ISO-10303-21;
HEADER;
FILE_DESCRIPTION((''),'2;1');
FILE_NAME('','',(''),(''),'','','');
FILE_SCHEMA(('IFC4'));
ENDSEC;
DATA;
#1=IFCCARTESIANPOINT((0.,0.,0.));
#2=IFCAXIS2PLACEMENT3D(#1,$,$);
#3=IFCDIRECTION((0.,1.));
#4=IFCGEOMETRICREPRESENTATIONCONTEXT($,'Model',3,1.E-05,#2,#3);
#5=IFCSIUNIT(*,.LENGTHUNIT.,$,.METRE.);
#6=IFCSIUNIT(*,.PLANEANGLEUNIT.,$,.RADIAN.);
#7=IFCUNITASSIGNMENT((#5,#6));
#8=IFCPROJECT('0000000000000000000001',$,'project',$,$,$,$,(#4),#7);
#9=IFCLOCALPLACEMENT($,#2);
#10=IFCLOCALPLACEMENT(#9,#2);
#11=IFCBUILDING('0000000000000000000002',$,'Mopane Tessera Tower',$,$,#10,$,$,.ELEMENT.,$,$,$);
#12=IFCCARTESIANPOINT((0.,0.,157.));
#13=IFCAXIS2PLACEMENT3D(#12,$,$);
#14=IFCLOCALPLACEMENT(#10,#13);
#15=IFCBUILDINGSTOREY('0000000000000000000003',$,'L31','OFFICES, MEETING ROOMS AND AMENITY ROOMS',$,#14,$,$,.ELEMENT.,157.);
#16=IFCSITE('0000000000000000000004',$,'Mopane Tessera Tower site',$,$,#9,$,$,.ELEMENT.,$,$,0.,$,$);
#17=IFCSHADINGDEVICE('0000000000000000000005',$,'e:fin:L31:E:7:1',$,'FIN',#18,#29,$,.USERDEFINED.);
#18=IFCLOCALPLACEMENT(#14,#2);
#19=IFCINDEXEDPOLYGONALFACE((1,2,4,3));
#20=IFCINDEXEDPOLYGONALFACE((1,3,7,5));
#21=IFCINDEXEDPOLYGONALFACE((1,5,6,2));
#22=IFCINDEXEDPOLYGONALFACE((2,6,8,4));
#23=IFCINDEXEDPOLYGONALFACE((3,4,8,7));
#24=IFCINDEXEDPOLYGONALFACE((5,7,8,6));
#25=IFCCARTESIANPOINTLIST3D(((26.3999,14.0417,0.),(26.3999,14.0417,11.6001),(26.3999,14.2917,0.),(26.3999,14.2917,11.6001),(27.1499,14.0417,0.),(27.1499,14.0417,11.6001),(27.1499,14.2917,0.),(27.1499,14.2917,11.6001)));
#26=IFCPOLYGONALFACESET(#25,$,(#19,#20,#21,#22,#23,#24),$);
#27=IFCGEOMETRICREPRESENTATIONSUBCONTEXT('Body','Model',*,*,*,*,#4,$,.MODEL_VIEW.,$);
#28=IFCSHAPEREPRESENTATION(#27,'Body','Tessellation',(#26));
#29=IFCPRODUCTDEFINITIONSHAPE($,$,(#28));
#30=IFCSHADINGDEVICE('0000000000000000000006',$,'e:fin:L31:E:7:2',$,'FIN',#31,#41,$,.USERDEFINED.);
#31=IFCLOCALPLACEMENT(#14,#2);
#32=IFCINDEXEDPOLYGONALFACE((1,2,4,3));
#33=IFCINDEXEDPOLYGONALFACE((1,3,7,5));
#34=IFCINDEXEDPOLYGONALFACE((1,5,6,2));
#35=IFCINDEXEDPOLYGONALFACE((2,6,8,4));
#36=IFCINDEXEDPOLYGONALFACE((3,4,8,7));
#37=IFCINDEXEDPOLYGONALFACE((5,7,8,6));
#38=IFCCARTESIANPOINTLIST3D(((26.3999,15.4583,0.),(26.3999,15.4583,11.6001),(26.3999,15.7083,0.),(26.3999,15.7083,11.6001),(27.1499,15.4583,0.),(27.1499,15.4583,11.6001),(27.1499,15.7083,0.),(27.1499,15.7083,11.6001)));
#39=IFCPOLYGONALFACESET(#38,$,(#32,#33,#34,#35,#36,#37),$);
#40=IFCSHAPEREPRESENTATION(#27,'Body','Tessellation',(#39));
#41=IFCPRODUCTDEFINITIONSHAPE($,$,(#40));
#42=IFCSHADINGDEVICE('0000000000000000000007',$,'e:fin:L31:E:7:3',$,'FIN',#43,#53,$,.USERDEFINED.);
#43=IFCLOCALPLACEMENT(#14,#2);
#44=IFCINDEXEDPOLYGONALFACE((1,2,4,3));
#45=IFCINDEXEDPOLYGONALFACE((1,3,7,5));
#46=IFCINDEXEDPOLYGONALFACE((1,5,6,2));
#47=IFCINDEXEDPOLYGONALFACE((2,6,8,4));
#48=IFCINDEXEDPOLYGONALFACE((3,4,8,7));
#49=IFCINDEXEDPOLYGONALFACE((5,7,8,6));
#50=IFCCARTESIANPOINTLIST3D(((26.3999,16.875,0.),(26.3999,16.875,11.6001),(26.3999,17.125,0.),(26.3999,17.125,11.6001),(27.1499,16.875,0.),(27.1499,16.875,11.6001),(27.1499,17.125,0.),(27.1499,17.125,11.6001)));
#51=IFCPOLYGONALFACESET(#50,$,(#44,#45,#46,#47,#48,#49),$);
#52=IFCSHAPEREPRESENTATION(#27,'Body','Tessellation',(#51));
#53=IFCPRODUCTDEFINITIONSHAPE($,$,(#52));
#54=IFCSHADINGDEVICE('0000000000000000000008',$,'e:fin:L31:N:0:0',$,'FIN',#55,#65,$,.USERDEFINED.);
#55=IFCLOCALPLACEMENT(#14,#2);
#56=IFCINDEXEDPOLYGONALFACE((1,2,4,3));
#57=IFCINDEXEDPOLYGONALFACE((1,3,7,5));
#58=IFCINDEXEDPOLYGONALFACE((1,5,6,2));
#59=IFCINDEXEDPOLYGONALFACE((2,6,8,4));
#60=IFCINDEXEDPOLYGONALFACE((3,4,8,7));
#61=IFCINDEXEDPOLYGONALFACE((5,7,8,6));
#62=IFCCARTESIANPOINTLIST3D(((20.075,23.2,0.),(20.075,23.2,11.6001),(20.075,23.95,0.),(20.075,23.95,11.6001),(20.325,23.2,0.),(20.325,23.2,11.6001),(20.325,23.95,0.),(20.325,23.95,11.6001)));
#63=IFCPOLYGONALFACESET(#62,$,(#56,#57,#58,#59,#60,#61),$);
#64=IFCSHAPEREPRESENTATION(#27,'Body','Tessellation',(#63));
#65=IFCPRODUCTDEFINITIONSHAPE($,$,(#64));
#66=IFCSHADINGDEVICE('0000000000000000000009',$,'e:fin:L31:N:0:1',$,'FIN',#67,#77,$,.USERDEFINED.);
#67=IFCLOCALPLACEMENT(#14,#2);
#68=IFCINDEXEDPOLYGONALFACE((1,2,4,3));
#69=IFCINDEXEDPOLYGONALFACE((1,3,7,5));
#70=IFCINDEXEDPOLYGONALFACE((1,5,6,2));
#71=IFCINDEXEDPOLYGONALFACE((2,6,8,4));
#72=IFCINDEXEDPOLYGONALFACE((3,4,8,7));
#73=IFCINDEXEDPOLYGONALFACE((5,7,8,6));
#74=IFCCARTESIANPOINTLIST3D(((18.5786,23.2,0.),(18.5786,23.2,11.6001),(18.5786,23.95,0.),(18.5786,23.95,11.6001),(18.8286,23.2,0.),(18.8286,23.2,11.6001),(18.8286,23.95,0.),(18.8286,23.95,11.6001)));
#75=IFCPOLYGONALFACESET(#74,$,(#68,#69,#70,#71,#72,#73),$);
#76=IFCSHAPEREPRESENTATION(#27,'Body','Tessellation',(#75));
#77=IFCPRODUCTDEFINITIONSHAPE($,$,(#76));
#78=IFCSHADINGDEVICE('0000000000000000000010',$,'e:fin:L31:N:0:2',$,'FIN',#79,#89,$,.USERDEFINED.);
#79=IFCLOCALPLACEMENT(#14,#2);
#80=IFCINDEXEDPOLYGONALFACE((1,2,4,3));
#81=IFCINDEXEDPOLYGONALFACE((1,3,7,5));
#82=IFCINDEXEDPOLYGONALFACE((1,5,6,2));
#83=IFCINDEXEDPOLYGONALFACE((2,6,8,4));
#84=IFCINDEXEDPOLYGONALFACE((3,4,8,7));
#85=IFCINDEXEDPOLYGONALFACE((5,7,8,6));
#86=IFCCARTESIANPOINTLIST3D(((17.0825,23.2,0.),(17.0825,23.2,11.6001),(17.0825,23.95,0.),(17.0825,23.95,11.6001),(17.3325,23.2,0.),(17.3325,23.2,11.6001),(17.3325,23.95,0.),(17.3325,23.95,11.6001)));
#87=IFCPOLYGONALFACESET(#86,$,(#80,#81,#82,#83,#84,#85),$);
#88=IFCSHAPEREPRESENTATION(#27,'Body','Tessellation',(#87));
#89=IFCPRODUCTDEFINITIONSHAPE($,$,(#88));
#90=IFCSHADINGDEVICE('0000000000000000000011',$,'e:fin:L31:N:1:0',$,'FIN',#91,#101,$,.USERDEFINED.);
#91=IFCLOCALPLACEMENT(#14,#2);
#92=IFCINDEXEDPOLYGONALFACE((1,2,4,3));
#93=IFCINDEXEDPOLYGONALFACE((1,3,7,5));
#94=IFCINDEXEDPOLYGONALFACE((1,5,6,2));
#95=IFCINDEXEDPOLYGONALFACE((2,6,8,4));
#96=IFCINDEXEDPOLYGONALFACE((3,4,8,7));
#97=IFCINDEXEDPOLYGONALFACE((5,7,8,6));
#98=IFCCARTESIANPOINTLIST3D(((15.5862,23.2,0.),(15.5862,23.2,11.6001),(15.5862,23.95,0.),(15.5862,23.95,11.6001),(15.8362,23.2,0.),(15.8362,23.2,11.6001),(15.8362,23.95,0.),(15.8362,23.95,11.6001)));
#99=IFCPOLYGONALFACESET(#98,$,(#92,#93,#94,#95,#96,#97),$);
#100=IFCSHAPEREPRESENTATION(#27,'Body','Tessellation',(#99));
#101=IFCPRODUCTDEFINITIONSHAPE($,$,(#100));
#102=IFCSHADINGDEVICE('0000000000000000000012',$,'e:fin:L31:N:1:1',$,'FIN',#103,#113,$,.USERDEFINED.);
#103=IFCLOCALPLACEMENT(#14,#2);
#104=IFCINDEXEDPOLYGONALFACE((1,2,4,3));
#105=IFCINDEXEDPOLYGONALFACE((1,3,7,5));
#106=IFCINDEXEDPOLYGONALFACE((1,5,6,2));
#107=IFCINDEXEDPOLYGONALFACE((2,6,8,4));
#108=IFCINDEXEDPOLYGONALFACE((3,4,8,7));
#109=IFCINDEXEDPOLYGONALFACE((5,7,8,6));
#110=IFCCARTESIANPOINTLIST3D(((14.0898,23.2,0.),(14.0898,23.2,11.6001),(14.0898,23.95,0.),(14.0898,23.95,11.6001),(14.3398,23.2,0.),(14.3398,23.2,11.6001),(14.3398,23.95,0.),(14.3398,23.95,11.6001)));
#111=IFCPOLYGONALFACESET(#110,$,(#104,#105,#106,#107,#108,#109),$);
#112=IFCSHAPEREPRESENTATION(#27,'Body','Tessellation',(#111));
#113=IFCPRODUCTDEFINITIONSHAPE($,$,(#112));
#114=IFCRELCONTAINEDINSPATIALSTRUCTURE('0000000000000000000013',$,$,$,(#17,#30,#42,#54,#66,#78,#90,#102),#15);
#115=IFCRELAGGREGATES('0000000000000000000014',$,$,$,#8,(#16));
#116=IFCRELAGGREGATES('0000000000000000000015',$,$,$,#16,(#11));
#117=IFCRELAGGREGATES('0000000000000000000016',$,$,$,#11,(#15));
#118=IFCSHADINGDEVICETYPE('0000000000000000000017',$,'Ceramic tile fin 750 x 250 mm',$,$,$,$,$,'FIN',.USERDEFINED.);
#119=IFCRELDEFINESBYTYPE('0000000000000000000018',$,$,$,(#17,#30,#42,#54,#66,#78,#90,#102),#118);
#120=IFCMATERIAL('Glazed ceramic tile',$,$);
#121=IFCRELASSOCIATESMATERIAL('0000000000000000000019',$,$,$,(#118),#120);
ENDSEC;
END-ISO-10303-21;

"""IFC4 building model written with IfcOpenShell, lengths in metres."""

from ifc_helpers import new_model, si_unit, direction, frame, origin, origin_2d, place, context, subcontext, project, spatial, rectangle, extrude, material, type_object, element, save


model = new_model("IFC4")

# Units and contexts
model_context = context("Model", 3, precision=1e-05, world=origin(), true_north=direction((0.0, 1.0)))
body_context = subcontext(model_context, "Body", "Model", "MODEL_VIEW")
ifc_project = project(units=[si_unit("LENGTHUNIT", "METRE"), si_unit("PLANEANGLEUNIT", "RADIAN")], contexts=[model_context])

# Site, building, storey
site_placement = place(None, origin())
site = spatial("IfcSite", under=ifc_project, at=site_placement, Name="Mopane Tessera Tower site", CompositionType="ELEMENT", RefElevation=0.0)
building_placement = place(site_placement, origin())
building = spatial("IfcBuilding", under=site, at=building_placement, Name="Mopane Tessera Tower", CompositionType="ELEMENT")
storey_placement = place(building_placement, frame((0.0, 0.0, 157.0)))
storey = spatial("IfcBuildingStorey", under=building, at=storey_placement, Name="L31", Description="OFFICES, MEETING ROOMS AND AMENITY ROOMS", CompositionType="ELEMENT", Elevation=157.0)

# Shading devices
ifc_material_1 = material(Name="Glazed ceramic tile")
shading_device_type = type_object("IfcShadingDeviceType", Name="Ceramic tile fin 750 x 250 mm", ElementType="FIN", PredefinedType="USERDEFINED", material=ifc_material_1)
for number, where, z_axis, x_axis, name in (
    (1, (26.7749, 14.1667, 0.0), (0.0, 0.0, 1.0), (0.0, 1.0, 0.0), "e:fin:L31:E:7:1"),
    (2, (26.7749, 15.5833, 0.0), (0.0, 0.0, 1.0), (0.0, 1.0, 0.0), "e:fin:L31:E:7:2"),
    (3, (26.7749, 17.0, 0.0), (0.0, 0.0, 1.0), (0.0, 1.0, 0.0), "e:fin:L31:E:7:3"),
    (4, (20.2, 23.575, 0.0), (0.0, 0.0, 1.0), (-1.0, 0.0, 0.0), "e:fin:L31:N:0:0"),
    (5, (18.7036, 23.575, 0.0), (0.0, 0.0, 1.0), (-1.0, 0.0, 0.0), "e:fin:L31:N:0:1"),
    (6, (17.2075, 23.575, 0.0), (0.0, 0.0, 1.0), (-1.0, 0.0, 0.0), "e:fin:L31:N:0:2"),
    (7, (15.7112, 23.575, 0.0), (0.0, 0.0, 1.0), (-1.0, 0.0, 0.0), "e:fin:L31:N:1:0"),
    (8, (14.2148, 23.575, 0.0), (0.0, 0.0, 1.0), (-1.0, 0.0, 0.0), "e:fin:L31:N:1:1"),
):
    element("IfcShadingDevice", number, at=place(storey_placement, frame(where, z_axis=z_axis, x_axis=x_axis)), inside=storey, type_object=shading_device_type, Name=name, ObjectType="FIN", PredefinedType="USERDEFINED", context=body_context, shape_type="SweptSolid", body=[
        extrude(rectangle(XDim=0.25, YDim=0.75, at=origin_2d()), origin(), (0.0, 0.0, 1.0), 11.6001),
    ])

save(model, "model.ifc")
